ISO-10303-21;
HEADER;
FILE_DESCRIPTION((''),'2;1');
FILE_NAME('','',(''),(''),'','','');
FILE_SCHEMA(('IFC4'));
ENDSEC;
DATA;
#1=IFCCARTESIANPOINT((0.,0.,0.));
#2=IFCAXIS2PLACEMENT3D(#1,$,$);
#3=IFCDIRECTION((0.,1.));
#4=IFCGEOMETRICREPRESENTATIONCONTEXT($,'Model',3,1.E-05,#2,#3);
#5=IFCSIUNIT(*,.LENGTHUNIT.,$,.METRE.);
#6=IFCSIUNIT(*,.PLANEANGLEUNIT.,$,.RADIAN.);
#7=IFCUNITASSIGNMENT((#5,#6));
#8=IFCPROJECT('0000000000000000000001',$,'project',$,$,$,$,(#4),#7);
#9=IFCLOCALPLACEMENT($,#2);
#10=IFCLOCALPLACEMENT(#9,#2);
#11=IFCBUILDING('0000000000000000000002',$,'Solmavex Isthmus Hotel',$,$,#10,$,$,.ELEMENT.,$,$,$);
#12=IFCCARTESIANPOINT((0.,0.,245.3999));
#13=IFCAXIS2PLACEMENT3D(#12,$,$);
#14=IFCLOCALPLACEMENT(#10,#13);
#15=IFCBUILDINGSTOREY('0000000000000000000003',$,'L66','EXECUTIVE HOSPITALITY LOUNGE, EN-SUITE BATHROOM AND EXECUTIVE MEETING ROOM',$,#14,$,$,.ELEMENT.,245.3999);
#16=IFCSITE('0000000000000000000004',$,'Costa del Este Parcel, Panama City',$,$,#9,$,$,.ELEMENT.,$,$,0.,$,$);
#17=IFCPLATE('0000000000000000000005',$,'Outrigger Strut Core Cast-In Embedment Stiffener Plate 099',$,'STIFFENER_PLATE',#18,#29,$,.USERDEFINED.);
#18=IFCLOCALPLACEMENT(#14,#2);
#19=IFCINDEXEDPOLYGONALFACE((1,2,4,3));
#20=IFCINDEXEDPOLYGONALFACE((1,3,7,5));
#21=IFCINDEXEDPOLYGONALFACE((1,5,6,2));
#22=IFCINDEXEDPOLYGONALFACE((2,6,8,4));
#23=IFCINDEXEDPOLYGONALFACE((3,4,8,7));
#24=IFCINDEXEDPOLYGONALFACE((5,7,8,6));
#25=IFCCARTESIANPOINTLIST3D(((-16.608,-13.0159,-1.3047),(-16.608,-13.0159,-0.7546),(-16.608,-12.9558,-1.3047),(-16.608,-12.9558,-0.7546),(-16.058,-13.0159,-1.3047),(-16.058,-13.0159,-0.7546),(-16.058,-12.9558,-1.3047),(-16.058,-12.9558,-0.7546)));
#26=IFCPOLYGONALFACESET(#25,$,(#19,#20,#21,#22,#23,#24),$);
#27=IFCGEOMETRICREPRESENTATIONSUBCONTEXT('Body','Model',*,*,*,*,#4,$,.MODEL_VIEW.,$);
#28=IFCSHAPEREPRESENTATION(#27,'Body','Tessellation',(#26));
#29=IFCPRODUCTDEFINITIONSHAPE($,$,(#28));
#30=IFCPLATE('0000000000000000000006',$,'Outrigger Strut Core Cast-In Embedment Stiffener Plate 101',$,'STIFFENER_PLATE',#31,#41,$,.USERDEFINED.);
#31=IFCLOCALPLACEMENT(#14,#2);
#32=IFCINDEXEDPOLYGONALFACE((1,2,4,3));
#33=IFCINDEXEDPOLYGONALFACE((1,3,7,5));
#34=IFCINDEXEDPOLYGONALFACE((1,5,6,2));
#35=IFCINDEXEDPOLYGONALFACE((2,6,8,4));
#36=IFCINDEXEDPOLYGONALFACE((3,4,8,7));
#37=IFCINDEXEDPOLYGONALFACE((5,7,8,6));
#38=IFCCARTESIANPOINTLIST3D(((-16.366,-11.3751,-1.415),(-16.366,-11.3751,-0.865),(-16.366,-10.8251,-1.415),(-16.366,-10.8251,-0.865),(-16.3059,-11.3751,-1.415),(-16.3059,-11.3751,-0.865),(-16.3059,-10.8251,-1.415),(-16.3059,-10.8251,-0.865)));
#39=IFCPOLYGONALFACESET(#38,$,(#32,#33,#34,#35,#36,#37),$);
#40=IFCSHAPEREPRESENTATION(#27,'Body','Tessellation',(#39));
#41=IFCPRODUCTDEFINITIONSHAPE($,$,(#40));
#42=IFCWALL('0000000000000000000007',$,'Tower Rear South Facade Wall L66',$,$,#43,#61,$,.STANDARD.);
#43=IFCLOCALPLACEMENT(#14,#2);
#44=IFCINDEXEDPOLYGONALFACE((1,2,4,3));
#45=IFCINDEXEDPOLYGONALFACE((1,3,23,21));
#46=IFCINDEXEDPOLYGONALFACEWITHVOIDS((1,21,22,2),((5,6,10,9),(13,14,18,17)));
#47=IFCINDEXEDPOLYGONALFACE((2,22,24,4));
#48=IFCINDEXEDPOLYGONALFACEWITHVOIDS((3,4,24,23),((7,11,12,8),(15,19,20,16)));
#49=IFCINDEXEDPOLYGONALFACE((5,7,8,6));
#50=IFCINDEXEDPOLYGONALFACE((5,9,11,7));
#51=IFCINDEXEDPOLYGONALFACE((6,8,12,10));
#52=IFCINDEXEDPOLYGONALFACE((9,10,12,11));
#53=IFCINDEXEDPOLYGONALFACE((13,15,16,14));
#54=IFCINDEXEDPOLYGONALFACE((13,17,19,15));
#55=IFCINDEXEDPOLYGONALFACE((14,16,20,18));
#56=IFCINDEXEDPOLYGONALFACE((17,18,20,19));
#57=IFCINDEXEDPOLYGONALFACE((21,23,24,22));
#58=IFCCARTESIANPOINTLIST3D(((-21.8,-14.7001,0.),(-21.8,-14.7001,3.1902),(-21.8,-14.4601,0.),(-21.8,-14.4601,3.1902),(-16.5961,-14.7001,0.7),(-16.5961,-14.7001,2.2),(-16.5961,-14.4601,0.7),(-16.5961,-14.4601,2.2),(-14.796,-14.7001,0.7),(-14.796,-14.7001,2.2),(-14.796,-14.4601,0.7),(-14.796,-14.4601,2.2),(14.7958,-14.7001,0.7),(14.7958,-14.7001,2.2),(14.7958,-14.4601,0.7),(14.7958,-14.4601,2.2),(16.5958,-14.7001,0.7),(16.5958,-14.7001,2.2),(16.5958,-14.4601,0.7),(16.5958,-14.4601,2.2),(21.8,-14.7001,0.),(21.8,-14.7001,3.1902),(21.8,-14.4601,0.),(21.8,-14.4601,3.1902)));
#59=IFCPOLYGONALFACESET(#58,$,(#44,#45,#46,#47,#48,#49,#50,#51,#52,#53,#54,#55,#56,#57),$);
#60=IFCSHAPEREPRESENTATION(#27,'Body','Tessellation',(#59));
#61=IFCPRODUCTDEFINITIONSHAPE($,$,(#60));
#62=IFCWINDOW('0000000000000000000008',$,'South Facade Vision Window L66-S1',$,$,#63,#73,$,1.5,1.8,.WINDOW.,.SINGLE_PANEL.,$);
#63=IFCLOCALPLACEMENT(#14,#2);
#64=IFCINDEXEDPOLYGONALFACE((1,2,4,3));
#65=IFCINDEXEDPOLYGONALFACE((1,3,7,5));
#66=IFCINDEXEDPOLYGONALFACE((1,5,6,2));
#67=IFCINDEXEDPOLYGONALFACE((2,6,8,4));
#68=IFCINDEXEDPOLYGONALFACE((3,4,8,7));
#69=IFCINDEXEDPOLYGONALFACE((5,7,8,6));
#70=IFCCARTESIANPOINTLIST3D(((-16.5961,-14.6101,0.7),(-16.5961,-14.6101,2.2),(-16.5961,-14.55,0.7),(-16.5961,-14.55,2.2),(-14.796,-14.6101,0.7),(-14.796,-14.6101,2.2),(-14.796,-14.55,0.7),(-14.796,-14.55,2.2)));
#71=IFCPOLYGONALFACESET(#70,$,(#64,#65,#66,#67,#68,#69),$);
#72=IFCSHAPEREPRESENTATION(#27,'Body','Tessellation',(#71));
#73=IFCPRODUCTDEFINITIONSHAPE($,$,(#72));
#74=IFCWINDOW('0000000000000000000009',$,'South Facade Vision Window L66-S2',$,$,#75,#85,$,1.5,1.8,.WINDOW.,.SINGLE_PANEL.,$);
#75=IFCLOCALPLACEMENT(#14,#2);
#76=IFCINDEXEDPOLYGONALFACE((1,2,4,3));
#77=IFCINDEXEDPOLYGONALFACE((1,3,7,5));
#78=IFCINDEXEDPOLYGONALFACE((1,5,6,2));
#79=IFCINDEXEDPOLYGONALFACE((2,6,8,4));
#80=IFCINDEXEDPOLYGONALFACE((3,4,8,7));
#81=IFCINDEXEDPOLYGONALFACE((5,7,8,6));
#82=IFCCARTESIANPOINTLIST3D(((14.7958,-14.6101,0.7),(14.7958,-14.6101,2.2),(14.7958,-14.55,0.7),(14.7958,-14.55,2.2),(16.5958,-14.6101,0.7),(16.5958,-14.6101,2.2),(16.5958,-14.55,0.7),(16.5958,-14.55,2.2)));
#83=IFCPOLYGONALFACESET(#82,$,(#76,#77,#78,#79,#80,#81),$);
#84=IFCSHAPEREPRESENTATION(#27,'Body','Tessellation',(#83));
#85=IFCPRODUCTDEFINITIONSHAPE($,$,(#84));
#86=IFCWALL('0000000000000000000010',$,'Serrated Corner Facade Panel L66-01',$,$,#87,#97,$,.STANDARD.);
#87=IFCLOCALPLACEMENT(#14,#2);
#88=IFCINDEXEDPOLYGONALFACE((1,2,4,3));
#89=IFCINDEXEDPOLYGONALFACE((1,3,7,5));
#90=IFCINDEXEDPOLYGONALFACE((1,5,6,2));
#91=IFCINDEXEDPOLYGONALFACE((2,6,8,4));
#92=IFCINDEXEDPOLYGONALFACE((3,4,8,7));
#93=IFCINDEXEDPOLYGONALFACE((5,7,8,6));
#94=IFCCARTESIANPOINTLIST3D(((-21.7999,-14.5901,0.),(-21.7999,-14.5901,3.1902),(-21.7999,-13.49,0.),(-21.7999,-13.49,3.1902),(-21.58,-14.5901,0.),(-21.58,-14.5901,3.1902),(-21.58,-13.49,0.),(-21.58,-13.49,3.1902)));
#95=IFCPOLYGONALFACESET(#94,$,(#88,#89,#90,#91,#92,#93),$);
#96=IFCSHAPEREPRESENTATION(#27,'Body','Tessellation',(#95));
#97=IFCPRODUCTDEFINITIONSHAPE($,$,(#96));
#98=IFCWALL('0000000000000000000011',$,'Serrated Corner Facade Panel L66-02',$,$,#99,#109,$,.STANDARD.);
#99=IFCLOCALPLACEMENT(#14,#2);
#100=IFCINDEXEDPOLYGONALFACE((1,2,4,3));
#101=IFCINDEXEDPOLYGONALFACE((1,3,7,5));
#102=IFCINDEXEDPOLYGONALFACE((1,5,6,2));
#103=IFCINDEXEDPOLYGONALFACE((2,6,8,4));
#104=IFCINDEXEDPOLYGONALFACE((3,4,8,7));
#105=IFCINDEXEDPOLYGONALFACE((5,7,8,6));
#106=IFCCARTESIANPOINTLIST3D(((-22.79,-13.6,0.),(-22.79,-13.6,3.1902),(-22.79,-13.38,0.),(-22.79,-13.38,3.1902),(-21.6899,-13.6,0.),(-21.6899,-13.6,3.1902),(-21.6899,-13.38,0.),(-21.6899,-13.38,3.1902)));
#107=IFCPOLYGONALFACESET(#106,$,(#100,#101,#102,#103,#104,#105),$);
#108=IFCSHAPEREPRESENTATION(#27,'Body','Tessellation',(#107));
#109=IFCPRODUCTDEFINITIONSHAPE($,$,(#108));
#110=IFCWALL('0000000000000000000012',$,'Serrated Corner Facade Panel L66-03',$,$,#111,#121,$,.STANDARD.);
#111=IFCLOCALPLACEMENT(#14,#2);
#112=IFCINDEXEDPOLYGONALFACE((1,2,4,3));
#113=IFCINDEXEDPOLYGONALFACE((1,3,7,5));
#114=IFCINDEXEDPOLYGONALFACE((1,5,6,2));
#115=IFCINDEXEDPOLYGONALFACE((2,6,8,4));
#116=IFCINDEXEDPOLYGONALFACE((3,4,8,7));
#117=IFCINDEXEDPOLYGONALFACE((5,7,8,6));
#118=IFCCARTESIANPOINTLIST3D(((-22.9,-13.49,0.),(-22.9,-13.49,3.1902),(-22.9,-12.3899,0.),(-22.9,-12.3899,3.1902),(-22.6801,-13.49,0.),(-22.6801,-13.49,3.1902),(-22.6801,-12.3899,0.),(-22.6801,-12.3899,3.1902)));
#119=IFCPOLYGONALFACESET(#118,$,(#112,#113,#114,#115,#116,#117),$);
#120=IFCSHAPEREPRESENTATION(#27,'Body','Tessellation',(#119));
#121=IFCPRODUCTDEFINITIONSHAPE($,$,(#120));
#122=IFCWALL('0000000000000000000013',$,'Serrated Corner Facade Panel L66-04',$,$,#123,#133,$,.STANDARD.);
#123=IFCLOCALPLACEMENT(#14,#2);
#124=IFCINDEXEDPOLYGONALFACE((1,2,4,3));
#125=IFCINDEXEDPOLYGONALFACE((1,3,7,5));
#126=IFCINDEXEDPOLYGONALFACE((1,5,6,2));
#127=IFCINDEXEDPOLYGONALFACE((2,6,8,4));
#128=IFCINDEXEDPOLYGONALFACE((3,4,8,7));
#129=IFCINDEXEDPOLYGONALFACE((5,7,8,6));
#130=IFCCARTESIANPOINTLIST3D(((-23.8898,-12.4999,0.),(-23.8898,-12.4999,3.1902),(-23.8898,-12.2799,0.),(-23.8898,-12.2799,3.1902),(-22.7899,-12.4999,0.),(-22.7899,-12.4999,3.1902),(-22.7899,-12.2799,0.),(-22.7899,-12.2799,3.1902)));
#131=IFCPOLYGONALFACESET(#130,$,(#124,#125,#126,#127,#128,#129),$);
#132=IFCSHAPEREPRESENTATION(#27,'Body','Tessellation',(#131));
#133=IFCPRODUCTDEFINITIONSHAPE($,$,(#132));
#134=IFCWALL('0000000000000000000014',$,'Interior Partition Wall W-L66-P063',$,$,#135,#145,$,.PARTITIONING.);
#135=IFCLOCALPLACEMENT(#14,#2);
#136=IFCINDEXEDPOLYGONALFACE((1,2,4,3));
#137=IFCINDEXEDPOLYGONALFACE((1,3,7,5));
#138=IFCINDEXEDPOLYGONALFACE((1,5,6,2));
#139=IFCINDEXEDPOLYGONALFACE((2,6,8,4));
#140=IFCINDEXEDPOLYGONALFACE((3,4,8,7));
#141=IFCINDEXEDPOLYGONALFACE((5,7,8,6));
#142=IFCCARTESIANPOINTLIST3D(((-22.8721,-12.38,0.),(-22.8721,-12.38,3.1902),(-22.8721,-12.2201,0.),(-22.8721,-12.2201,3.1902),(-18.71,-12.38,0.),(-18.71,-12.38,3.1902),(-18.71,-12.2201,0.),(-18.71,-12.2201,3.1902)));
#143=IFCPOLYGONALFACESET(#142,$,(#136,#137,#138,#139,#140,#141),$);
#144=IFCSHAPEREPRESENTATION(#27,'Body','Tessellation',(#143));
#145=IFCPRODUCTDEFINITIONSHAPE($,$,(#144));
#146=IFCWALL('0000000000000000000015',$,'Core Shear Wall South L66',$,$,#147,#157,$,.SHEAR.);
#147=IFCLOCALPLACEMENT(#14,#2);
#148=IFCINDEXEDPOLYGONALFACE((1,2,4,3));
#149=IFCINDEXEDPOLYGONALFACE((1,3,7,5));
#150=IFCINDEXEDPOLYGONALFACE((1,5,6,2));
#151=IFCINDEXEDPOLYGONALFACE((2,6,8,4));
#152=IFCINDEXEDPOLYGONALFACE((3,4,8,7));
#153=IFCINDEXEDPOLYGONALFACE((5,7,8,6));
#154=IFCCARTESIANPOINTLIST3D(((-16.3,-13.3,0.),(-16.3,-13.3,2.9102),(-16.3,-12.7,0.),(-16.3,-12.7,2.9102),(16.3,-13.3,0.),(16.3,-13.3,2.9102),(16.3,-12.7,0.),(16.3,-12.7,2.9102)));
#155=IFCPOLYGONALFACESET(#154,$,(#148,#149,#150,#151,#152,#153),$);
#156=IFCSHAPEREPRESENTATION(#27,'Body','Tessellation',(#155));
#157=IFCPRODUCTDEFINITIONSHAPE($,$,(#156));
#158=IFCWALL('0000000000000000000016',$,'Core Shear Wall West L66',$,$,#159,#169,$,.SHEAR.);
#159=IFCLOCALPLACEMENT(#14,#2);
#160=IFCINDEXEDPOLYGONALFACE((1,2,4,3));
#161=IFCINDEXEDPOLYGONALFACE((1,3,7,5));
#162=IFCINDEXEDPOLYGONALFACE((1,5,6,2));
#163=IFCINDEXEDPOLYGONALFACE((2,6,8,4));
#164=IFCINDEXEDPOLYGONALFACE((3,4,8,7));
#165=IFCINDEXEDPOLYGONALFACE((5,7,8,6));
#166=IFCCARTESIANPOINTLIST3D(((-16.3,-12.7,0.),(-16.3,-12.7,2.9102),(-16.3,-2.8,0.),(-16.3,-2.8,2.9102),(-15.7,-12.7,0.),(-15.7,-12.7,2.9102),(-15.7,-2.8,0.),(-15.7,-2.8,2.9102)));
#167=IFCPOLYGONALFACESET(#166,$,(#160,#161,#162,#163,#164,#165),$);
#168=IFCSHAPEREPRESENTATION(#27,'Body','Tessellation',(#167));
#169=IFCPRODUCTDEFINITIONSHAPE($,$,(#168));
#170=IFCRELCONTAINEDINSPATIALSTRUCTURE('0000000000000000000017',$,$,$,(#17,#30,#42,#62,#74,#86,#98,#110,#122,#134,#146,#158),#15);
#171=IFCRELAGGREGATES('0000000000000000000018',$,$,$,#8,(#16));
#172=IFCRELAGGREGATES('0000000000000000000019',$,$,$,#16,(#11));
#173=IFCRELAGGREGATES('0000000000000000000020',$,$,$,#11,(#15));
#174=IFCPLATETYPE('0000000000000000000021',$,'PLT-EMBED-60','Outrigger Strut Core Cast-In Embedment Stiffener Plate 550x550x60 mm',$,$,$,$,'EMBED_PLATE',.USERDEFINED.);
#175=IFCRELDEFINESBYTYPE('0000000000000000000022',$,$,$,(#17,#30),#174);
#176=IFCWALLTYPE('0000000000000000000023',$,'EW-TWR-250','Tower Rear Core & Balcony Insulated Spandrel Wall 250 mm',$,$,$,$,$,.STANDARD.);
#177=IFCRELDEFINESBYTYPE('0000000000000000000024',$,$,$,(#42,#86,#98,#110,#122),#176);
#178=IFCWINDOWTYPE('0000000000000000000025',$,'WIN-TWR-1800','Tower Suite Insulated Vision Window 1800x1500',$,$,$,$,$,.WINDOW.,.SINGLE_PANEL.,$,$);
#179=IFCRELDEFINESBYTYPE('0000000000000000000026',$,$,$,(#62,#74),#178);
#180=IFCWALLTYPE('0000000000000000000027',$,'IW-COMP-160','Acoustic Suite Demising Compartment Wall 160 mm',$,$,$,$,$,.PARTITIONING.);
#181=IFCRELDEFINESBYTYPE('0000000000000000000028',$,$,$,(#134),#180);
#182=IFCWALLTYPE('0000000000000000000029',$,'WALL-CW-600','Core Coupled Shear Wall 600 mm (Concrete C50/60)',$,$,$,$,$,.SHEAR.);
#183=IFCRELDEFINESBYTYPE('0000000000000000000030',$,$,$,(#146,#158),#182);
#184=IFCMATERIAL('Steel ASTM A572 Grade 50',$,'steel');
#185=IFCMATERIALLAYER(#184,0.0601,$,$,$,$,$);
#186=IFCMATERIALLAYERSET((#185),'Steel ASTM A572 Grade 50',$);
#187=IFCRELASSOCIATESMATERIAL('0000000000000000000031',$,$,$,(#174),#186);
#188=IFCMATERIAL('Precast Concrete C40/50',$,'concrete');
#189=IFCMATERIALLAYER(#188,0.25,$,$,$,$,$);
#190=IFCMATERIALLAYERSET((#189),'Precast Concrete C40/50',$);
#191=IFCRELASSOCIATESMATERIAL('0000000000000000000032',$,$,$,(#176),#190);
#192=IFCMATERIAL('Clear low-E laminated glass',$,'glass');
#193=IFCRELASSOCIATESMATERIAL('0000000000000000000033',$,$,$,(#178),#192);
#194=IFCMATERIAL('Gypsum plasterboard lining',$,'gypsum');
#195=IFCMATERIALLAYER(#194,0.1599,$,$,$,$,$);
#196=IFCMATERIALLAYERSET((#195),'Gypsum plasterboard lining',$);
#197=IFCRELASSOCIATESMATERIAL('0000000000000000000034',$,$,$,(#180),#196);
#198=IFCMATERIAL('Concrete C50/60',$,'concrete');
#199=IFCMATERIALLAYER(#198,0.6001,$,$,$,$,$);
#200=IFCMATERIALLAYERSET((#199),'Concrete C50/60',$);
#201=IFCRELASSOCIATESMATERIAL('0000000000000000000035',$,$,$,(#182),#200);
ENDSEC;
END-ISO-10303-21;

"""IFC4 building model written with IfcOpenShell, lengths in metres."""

from ifc_helpers import new_model, si_unit, direction, frame, frame_2d, origin, origin_2d, place, context, subcontext, project, spatial, rectangle, extrude, material, layer, layer_set, type_object, element, fill, save


model = new_model("IFC4")

# Units and contexts
model_context = context("Model", 3, precision=1e-05, world=origin(), true_north=direction((0.0, 1.0)))
body_context = subcontext(model_context, "Body", "Model", "MODEL_VIEW")
ifc_project = project(units=[si_unit("LENGTHUNIT", "METRE"), si_unit("PLANEANGLEUNIT", "RADIAN")], contexts=[model_context])

# Site, building, storey
site_placement = place(None, origin())
site = spatial("IfcSite", under=ifc_project, at=site_placement, Name="Costa del Este Parcel, Panama City", CompositionType="ELEMENT", RefElevation=0.0)
building_placement = place(site_placement, origin())
building = spatial("IfcBuilding", under=site, at=building_placement, Name="Solmavex Isthmus Hotel", CompositionType="ELEMENT")
storey_placement = place(building_placement, frame((0.0, 0.0, 245.3999)))
storey = spatial("IfcBuildingStorey", under=building, at=storey_placement, Name="L66", Description="EXECUTIVE HOSPITALITY LOUNGE, EN-SUITE BATHROOM AND EXECUTIVE MEETING ROOM", CompositionType="ELEMENT", Elevation=245.3999)

# Shared definitions
ifc_material_1 = material(Name="Concrete C50/60", Category="concrete")

# Shared definitions
ifc_material_2 = material(Name="Steel ASTM A572 Grade 50", Category="steel")

# Shared definitions
ifc_material_3 = material(Name="Clear low-E laminated glass", Category="glass")

# Plates
ifc_layer_1 = layer(ifc_material_2, 0.0601)
ifc_layer_set_1 = layer_set([ifc_layer_1], Name="Steel ASTM A572 Grade 50")
plate_type_1 = type_object("IfcPlateType", Name="PLT-EMBED-60", Description="Outrigger Strut Core Cast-In Embedment Stiffener Plate 550x550x60 mm", ElementType="EMBED_PLATE", PredefinedType="USERDEFINED", material=ifc_layer_set_1)
for number, where, z_axis, x_axis, name in (
    (1, (-16.333, -12.9858, -1.3047), (0.0, 0.0, 1.0), (1.0, 0.0, 0.0), "Outrigger Strut Core Cast-In Embedment Stiffener Plate 099"),
    (2, (-16.3359, -11.1001, -1.415), (0.0, 0.0, 1.0), (0.0, 1.0, 0.0), "Outrigger Strut Core Cast-In Embedment Stiffener Plate 101"),
):
    element("IfcPlate", number, at=place(storey_placement, frame(where, z_axis=z_axis, x_axis=x_axis)), inside=storey, type_object=plate_type_1, Name=name, ObjectType="STIFFENER_PLATE", PredefinedType="USERDEFINED", context=body_context, shape_type="SweptSolid", body=[
        extrude(rectangle(XDim=0.55, YDim=0.0601, at=origin_2d()), origin(), (0.0, 0.0, 1.0), 0.55),
    ])

# Wall, openings, windows
ifc_material_4 = material(Name="Precast Concrete C40/50", Category="concrete")
ifc_layer_2 = layer(ifc_material_4, 0.25)
ifc_layer_set_2 = layer_set([ifc_layer_2], Name="Precast Concrete C40/50")
wall_type_1 = type_object("IfcWallType", Name="EW-TWR-250", Description="Tower Rear Core & Balcony Insulated Spandrel Wall 250 mm", PredefinedType="STANDARD", material=ifc_layer_set_2)
wall_1_placement = place(storey_placement, frame((-21.8, -14.5801, 0.0), z_axis=(0.0, 0.0, 1.0), x_axis=(1.0, 0.0, 0.0)))
wall_1 = element("IfcWall", 3, at=wall_1_placement, inside=storey, type_object=wall_type_1, Name="Tower Rear South Facade Wall L66", PredefinedType="STANDARD", context=body_context, shape_type="SweptSolid", body=[
    extrude(rectangle(XDim=43.6001, YDim=0.24, at=frame_2d((21.8, 0.0))), origin(), (0.0, 0.0, 1.0), 3.1902),
])
opening_1_placement = place(wall_1_placement, frame((5.2041, 0.0, 0.7)))
opening_1 = element("IfcOpeningElement", 4, at=opening_1_placement, cuts=wall_1, PredefinedType="OPENING", context=body_context, shape_type="SweptSolid", body=[
    extrude(rectangle(XDim=1.8, YDim=1.5, at=frame_2d((0.8999, 0.75))), frame((0.0, 0.1299, 0.0), z_axis=(0.0, -1.0, 0.0), x_axis=(1.0, 0.0, 0.0)), (0.0, 0.0, 1.0), 0.26),
])
opening_2_placement = place(wall_1_placement, frame((36.5959, 0.0, 0.7)))
opening_2 = element("IfcOpeningElement", 5, at=opening_2_placement, cuts=wall_1, PredefinedType="OPENING", context=body_context, shape_type="SweptSolid", body=[
    extrude(rectangle(XDim=1.8, YDim=1.5, at=frame_2d((0.8999, 0.75))), frame((0.0, 0.1299, 0.0), z_axis=(0.0, -1.0, 0.0), x_axis=(1.0, 0.0, 0.0)), (0.0, 0.0, 1.0), 0.26),
])
window_type = type_object("IfcWindowType", Name="WIN-TWR-1800", Description="Tower Suite Insulated Vision Window 1800x1500", PartitioningType="SINGLE_PANEL", PredefinedType="WINDOW", material=ifc_material_3)
window_1_placement = place(opening_1_placement, origin())
window_1 = element("IfcWindow", 6, at=window_1_placement, inside=storey, type_object=window_type, Name="South Facade Vision Window L66-S1", OverallHeight=1.5, OverallWidth=1.8, PartitioningType="SINGLE_PANEL", PredefinedType="WINDOW", context=body_context, shape_type="SweptSolid", body=[
    extrude(rectangle(XDim=1.8, YDim=1.5, at=frame_2d((0.8999, 0.75))), frame((0.0, 0.03, 0.0), z_axis=(0.0, -1.0, 0.0), x_axis=(1.0, 0.0, 0.0)), (0.0, 0.0, 1.0), 0.0601),
])
fill(opening_1, window_1)
window_2_placement = place(opening_2_placement, origin())
window_2 = element("IfcWindow", 7, at=window_2_placement, inside=storey, type_object=window_type, Name="South Facade Vision Window L66-S2", OverallHeight=1.5, OverallWidth=1.8, PartitioningType="SINGLE_PANEL", PredefinedType="WINDOW", context=body_context, shape_type="SweptSolid", body=[
    extrude(rectangle(XDim=1.8, YDim=1.5, at=frame_2d((0.8999, 0.75))), frame((0.0, 0.03, 0.0), z_axis=(0.0, -1.0, 0.0), x_axis=(1.0, 0.0, 0.0)), (0.0, 0.0, 1.0), 0.0601),
])
fill(opening_2, window_2)

# Walls
for number, where, z_axis, x_axis, name in (
    (8, (-21.6899, -14.5901, 0.0), (0.0, 0.0, 1.0), (0.0, 1.0, 0.0), "Serrated Corner Facade Panel L66-01"),
    (9, (-21.6899, -13.49, 0.0), (0.0, 0.0, 1.0), (-1.0, 0.0, 0.0), "Serrated Corner Facade Panel L66-02"),
    (10, (-22.79, -13.49, 0.0), (0.0, 0.0, 1.0), (0.0, 1.0, 0.0), "Serrated Corner Facade Panel L66-03"),
):
    element("IfcWall", number, at=place(storey_placement, frame(where, z_axis=z_axis, x_axis=x_axis)), inside=storey, type_object=wall_type_1, Name=name, PredefinedType="STANDARD", context=body_context, shape_type="SweptSolid", body=[
        extrude(rectangle(XDim=1.1001, YDim=0.22, at=frame_2d((0.55, 0.0))), origin(), (0.0, 0.0, 1.0), 3.1902),
    ])
wall_2_placement = place(storey_placement, frame((-22.79, -12.3899, 0.0), z_axis=(0.0, 0.0, 1.0), x_axis=(-1.0, 0.0, 0.0)))
element("IfcWall", 11, at=wall_2_placement, inside=storey, type_object=wall_type_1, Name="Serrated Corner Facade Panel L66-04", PredefinedType="STANDARD", context=body_context, shape_type="SweptSolid", body=[
    extrude(rectangle(XDim=1.0999, YDim=0.22, at=frame_2d((0.5498, 0.0))), origin(), (0.0, 0.0, 1.0), 3.1902),
])
ifc_material_5 = material(Name="Gypsum plasterboard lining", Category="gypsum")
ifc_layer_3 = layer(ifc_material_5, 0.1599)
ifc_layer_set_3 = layer_set([ifc_layer_3], Name="Gypsum plasterboard lining")
wall_type_2 = type_object("IfcWallType", Name="IW-COMP-160", Description="Acoustic Suite Demising Compartment Wall 160 mm", PredefinedType="PARTITIONING", material=ifc_layer_set_3)
wall_3_placement = place(storey_placement, frame((-18.71, -12.3, 0.0), z_axis=(0.0, 0.0, 1.0), x_axis=(-1.0, 0.0, 0.0)))
element("IfcWall", 12, at=wall_3_placement, inside=storey, type_object=wall_type_2, Name="Interior Partition Wall W-L66-P063", PredefinedType="PARTITIONING", context=body_context, shape_type="SweptSolid", body=[
    extrude(rectangle(XDim=4.1621, YDim=0.1599, at=frame_2d((2.0811, 0.0))), origin(), (0.0, 0.0, 1.0), 3.1902),
])

# Walls
ifc_layer_4 = layer(ifc_material_1, 0.6001)
ifc_layer_set_4 = layer_set([ifc_layer_4], Name="Concrete C50/60")
wall_type_3 = type_object("IfcWallType", Name="WALL-CW-600", Description="Core Coupled Shear Wall 600 mm (Concrete C50/60)", PredefinedType="SHEAR", material=ifc_layer_set_4)
wall_4_placement = place(storey_placement, frame((-16.3, -13.0, 0.0), z_axis=(0.0, 0.0, 1.0), x_axis=(1.0, 0.0, 0.0)))
element("IfcWall", 13, at=wall_4_placement, inside=storey, type_object=wall_type_3, Name="Core Shear Wall South L66", PredefinedType="SHEAR", context=body_context, shape_type="SweptSolid", body=[
    extrude(rectangle(XDim=32.6001, YDim=0.6001, at=frame_2d((16.3, 0.0))), origin(), (0.0, 0.0, 1.0), 2.9102),
])
wall_5_placement = place(storey_placement, frame((-16.0, -12.7, 0.0), z_axis=(0.0, 0.0, 1.0), x_axis=(0.0, 1.0, 0.0)))
element("IfcWall", 14, at=wall_5_placement, inside=storey, type_object=wall_type_3, Name="Core Shear Wall West L66", PredefinedType="SHEAR", context=body_context, shape_type="SweptSolid", body=[
    extrude(rectangle(XDim=9.8999, YDim=0.6001, at=frame_2d((4.95, 0.0))), origin(), (0.0, 0.0, 1.0), 2.9102),
])

save(model, "model.ifc")
